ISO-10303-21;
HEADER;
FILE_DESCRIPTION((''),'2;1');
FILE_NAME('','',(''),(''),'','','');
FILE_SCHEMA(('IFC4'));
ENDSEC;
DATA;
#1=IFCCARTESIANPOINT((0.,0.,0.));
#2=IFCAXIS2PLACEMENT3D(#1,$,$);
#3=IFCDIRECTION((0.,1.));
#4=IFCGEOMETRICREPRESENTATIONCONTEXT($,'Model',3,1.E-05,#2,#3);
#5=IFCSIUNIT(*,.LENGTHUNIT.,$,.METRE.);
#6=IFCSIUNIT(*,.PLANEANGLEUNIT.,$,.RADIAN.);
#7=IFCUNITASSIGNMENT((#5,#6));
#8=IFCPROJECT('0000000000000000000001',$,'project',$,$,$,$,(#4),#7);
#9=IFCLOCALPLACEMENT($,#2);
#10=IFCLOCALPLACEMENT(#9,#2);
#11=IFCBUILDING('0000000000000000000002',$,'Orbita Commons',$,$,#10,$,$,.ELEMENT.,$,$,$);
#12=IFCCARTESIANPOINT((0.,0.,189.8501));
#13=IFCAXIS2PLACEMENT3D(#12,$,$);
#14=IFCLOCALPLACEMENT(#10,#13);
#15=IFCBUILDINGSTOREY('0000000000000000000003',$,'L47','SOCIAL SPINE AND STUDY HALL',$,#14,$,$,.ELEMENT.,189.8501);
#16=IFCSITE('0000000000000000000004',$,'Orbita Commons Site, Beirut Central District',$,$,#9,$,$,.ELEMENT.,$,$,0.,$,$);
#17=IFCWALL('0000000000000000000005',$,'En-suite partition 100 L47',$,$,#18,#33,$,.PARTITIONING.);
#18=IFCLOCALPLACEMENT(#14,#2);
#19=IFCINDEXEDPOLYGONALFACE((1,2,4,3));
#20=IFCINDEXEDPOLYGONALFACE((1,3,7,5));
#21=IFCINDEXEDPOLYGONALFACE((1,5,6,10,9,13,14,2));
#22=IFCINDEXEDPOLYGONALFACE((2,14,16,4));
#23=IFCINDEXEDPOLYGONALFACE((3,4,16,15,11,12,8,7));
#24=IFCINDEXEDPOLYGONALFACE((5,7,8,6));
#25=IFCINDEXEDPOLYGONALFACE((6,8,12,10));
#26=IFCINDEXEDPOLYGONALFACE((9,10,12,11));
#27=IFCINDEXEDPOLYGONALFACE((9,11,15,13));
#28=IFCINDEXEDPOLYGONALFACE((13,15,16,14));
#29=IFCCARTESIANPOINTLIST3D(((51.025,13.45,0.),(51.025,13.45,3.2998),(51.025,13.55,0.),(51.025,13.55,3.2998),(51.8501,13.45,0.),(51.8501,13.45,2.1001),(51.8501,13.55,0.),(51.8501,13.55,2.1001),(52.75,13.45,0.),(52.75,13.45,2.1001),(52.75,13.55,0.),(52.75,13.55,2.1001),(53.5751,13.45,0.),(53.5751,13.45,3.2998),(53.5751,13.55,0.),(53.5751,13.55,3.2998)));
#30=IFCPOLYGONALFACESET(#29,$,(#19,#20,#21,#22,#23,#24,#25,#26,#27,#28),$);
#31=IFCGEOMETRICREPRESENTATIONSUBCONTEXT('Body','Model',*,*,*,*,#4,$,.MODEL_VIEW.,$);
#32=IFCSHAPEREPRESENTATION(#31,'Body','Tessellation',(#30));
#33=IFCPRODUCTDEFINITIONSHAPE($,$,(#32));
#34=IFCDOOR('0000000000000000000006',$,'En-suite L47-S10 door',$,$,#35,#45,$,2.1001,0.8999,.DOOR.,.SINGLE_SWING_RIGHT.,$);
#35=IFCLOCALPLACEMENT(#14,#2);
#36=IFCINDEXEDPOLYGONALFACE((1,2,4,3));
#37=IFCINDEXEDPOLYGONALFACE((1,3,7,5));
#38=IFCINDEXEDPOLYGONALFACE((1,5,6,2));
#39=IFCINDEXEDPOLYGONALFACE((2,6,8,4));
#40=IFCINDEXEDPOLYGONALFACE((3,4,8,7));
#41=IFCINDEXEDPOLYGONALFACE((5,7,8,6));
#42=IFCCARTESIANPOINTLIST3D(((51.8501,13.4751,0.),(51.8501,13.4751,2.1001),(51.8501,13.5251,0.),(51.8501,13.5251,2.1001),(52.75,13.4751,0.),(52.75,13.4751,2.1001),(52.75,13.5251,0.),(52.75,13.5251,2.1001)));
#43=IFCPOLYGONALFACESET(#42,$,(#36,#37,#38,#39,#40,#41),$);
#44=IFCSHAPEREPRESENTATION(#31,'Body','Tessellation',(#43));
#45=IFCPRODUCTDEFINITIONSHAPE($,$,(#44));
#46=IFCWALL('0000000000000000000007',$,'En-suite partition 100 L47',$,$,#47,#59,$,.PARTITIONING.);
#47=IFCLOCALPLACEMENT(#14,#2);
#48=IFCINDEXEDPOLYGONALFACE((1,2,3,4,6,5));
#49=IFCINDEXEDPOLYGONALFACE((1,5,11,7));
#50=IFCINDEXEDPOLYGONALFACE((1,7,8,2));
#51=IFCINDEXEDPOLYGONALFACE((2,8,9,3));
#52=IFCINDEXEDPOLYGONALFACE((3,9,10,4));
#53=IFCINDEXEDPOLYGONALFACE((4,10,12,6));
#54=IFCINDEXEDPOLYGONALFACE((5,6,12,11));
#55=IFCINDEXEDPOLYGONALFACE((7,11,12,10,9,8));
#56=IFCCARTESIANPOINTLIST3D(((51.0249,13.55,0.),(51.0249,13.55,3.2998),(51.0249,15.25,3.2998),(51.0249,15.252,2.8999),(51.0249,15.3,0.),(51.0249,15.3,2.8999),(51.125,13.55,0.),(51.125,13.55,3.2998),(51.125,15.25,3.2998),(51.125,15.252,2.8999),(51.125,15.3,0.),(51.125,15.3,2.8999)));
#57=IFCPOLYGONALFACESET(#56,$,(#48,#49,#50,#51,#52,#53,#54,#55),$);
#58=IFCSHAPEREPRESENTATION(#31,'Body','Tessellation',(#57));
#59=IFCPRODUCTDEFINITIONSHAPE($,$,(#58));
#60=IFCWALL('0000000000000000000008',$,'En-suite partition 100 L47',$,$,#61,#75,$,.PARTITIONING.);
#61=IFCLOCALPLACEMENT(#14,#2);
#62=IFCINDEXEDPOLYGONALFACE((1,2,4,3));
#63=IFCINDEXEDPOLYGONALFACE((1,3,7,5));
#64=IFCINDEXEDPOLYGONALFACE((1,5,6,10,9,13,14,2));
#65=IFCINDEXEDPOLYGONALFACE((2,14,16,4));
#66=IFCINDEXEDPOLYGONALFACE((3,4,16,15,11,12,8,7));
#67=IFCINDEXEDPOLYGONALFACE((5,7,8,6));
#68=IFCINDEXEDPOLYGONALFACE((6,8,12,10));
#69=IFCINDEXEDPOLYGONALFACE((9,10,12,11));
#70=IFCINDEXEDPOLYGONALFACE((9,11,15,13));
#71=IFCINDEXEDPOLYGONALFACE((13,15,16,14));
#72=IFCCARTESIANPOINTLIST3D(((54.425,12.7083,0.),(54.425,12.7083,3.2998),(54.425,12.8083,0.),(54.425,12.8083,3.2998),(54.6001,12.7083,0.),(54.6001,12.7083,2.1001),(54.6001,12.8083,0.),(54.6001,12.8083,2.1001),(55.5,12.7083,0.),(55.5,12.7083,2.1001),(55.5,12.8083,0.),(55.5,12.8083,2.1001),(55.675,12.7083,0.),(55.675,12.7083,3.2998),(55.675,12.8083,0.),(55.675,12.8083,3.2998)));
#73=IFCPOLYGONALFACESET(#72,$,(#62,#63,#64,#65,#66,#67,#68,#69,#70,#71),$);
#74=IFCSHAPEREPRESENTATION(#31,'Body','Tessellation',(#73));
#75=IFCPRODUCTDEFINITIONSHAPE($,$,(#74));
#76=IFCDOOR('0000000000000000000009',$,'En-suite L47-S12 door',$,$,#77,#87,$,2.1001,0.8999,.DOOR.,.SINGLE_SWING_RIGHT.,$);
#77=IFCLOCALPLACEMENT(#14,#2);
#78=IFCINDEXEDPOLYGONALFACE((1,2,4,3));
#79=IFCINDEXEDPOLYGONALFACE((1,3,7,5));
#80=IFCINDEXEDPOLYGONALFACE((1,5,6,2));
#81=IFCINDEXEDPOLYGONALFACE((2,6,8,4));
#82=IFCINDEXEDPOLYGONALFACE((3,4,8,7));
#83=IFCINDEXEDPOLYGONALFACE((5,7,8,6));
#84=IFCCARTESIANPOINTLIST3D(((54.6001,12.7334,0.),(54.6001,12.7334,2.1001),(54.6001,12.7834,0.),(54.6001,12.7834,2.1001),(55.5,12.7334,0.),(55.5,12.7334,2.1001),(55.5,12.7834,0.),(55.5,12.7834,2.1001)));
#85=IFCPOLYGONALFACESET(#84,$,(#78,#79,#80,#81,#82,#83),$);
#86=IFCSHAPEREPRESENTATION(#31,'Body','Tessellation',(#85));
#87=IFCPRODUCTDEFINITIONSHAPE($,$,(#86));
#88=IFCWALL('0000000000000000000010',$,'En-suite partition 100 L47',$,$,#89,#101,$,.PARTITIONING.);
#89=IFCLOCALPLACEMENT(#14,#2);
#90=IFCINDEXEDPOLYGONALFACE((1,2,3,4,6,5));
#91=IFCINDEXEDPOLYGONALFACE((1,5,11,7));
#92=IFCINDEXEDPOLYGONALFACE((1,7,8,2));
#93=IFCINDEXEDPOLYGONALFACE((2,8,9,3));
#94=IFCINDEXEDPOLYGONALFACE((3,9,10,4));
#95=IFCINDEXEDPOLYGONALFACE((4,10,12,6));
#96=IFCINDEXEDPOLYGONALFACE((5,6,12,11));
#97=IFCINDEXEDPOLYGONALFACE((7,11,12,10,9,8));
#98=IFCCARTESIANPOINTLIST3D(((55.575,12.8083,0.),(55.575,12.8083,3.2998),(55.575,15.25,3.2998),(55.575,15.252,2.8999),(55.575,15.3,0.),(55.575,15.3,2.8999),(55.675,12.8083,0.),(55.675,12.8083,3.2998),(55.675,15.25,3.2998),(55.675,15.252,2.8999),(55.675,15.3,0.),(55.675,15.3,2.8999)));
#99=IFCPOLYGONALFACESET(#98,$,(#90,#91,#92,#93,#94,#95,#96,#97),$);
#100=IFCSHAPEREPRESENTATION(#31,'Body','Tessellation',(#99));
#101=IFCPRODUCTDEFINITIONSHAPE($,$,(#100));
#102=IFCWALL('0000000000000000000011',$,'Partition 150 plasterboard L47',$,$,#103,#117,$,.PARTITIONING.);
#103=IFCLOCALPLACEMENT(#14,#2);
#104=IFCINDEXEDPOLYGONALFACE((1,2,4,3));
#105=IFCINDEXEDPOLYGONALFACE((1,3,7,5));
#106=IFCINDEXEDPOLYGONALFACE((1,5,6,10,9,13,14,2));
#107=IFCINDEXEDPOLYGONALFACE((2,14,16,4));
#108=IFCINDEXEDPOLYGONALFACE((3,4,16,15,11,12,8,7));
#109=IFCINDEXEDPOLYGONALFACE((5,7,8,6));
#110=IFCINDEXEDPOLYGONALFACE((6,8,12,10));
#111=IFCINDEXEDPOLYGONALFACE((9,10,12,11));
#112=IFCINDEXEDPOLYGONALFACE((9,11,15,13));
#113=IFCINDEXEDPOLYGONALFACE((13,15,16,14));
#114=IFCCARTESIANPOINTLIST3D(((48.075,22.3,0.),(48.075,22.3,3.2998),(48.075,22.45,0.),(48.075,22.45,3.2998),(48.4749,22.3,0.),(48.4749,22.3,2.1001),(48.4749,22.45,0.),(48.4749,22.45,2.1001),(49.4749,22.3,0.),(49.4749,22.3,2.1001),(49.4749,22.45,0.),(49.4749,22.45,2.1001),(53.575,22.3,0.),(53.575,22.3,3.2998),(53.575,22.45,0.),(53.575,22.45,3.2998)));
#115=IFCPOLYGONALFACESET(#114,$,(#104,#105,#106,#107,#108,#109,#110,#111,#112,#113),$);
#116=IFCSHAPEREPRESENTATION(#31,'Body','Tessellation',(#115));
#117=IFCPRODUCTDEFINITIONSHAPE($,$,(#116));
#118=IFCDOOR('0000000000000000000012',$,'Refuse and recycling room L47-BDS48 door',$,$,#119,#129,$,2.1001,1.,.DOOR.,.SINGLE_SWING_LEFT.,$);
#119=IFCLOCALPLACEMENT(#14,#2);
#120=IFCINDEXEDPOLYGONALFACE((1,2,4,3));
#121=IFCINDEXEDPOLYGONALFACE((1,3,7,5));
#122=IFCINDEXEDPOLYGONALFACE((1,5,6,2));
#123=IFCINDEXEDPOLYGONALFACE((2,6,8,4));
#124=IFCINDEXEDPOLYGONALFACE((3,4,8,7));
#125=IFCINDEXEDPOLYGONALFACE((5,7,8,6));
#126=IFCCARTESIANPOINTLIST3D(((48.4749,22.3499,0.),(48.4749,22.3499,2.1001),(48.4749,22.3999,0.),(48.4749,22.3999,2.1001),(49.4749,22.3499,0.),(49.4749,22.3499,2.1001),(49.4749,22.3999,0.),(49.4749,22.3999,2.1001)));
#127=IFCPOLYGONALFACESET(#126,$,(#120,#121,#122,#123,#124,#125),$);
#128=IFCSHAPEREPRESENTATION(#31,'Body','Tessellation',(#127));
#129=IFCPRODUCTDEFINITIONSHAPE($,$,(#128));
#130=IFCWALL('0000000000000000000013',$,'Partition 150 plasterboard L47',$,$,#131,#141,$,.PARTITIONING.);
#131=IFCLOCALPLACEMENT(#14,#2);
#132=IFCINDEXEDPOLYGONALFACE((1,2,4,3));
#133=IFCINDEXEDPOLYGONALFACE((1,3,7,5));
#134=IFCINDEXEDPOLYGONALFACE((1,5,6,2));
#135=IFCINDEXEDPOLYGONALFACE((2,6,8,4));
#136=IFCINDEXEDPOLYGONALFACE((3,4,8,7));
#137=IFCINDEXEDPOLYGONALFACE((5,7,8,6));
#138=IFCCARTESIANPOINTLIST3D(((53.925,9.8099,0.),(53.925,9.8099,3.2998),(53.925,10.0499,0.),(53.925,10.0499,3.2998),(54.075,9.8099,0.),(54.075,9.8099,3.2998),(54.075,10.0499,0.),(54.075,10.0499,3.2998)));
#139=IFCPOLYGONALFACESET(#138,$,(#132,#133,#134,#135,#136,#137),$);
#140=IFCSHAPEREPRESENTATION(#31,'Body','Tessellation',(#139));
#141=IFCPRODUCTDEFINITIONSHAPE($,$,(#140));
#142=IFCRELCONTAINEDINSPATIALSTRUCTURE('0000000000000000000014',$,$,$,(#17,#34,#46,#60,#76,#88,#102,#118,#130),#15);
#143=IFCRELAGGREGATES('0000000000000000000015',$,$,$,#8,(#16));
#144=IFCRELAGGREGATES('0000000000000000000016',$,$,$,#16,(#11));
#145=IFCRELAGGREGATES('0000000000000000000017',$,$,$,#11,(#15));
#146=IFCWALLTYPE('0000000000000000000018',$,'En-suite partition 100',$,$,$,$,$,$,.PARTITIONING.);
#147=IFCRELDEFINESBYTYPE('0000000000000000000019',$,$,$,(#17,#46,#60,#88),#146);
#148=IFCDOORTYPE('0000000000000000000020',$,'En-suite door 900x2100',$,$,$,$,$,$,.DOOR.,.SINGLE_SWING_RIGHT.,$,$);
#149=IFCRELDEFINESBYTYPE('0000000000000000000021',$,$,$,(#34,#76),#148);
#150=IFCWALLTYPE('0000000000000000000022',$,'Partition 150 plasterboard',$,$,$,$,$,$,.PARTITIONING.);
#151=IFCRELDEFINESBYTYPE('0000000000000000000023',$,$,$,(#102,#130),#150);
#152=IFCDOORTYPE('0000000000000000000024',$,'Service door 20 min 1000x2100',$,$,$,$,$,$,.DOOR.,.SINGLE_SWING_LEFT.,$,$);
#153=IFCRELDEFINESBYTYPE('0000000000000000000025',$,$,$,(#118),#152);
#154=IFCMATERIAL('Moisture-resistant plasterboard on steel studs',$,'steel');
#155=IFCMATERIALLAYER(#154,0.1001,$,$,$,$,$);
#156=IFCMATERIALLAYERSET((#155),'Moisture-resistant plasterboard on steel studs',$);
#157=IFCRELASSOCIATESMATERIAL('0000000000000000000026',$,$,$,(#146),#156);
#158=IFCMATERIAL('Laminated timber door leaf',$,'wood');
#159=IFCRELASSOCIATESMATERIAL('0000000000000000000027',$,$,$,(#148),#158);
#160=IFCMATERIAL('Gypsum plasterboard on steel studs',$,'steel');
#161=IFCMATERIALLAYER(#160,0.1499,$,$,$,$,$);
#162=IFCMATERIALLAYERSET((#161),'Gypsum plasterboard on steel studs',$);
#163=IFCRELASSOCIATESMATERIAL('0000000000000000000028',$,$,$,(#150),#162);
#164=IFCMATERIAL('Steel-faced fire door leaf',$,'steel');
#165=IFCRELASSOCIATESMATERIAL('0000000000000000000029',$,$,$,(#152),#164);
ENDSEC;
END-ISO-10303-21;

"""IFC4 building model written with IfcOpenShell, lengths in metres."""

from ifc_helpers import new_model, si_unit, direction, frame, frame_2d, origin, place, context, subcontext, project, spatial, polyline, rectangle, outline, extrude, material, layer, layer_set, type_object, element, fill, save


model = new_model("IFC4")

# Units and contexts
model_context = context("Model", 3, precision=1e-05, world=origin(), true_north=direction((0.0, 1.0)))
body_context = subcontext(model_context, "Body", "Model", "MODEL_VIEW")
ifc_project = project(units=[si_unit("LENGTHUNIT", "METRE"), si_unit("PLANEANGLEUNIT", "RADIAN")], contexts=[model_context])

# Site, building, storey
site_placement = place(None, origin())
site = spatial("IfcSite", under=ifc_project, at=site_placement, Name="Orbita Commons Site, Beirut Central District", CompositionType="ELEMENT", RefElevation=0.0)
building_placement = place(site_placement, origin())
building = spatial("IfcBuilding", under=site, at=building_placement, Name="Orbita Commons", CompositionType="ELEMENT")
storey_placement = place(building_placement, frame((0.0, 0.0, 189.8501)))
storey = spatial("IfcBuildingStorey", under=building, at=storey_placement, Name="L47", Description="SOCIAL SPINE AND STUDY HALL", CompositionType="ELEMENT", Elevation=189.8501)

# Wall, opening, door
ifc_material_1 = material(Name="Moisture-resistant plasterboard on steel studs", Category="steel")
ifc_layer_1 = layer(ifc_material_1, 0.1001)
ifc_layer_set_1 = layer_set([ifc_layer_1], Name="Moisture-resistant plasterboard on steel studs")
wall_type_1 = type_object("IfcWallType", Name="En-suite partition 100", PredefinedType="PARTITIONING", material=ifc_layer_set_1)
wall_1_placement = place(storey_placement, frame((53.575, 13.5, 0.0), z_axis=(0.0, 0.0, 1.0), x_axis=(-1.0, 0.0, 0.0)))
wall_1 = element("IfcWall", 1, at=wall_1_placement, inside=storey, type_object=wall_type_1, Name="En-suite partition 100 L47", PredefinedType="PARTITIONING", context=body_context, shape_type="SweptSolid", body=[
    extrude(rectangle(XDim=2.55, YDim=0.1001, at=frame_2d((1.2749, 0.0))), origin(), (0.0, 0.0, 1.0), 3.2998),
])
opening_1_placement = place(wall_1_placement, frame((0.825, 0.0, 0.0)))
opening_1 = element("IfcOpeningElement", 2, at=opening_1_placement, cuts=wall_1, PredefinedType="OPENING", context=body_context, shape_type="SweptSolid", body=[
    extrude(rectangle(XDim=0.8999, YDim=2.1001, at=frame_2d((0.45, 1.05))), frame((0.0, 0.0601, 0.0), z_axis=(0.0, -1.0, 0.0), x_axis=(1.0, 0.0, 0.0)), (0.0, 0.0, 1.0), 0.1201),
])
ifc_material_2 = material(Name="Laminated timber door leaf", Category="wood")
door_type_1 = type_object("IfcDoorType", Name="En-suite door 900x2100", OperationType="SINGLE_SWING_RIGHT", PredefinedType="DOOR", material=ifc_material_2)
door_1_placement = place(opening_1_placement, origin())
door_1 = element("IfcDoor", 3, at=door_1_placement, inside=storey, type_object=door_type_1, Name="En-suite L47-S10 door", OperationType="SINGLE_SWING_RIGHT", OverallHeight=2.1001, OverallWidth=0.8999, PredefinedType="DOOR", context=body_context, shape_type="SweptSolid", body=[
    extrude(rectangle(XDim=0.8999, YDim=2.1001, at=frame_2d((0.45, 1.05))), frame((0.0, 0.0249, 0.0), z_axis=(0.0, -1.0, 0.0), x_axis=(1.0, 0.0, 0.0)), (0.0, 0.0, 1.0), 0.05),
])
fill(opening_1, door_1)

# Wall
wall_2_placement = place(storey_placement, frame((51.075, 13.55, 0.0), z_axis=(0.0, 0.0, 1.0), x_axis=(0.0, 1.0, 0.0)))
element("IfcWall", 4, at=wall_2_placement, inside=storey, type_object=wall_type_1, Name="En-suite partition 100 L47", PredefinedType="PARTITIONING", context=body_context, shape_type="SweptSolid", body=[
    extrude(outline(polyline([(0.0, 0.0), (1.75, 0.0), (1.75, 2.8999), (1.7019, 2.8999), (1.7, 3.2998), (0.0, 3.2998), (0.0, 0.0)])), frame((0.0, 0.05, 0.0), z_axis=(0.0, -1.0, 0.0), x_axis=(1.0, 0.0, 0.0)), (0.0, 0.0, 1.0), 0.1001),
])

# Wall, opening, door
wall_3_placement = place(storey_placement, frame((55.675, 12.7583, 0.0), z_axis=(0.0, 0.0, 1.0), x_axis=(-1.0, 0.0, 0.0)))
wall_3 = element("IfcWall", 5, at=wall_3_placement, inside=storey, type_object=wall_type_1, Name="En-suite partition 100 L47", PredefinedType="PARTITIONING", context=body_context, shape_type="SweptSolid", body=[
    extrude(rectangle(XDim=1.25, YDim=0.1001, at=frame_2d((0.625, 0.0))), origin(), (0.0, 0.0, 1.0), 3.2998),
])
opening_2_placement = place(wall_3_placement, frame((0.175, 0.0, 0.0)))
opening_2 = element("IfcOpeningElement", 6, at=opening_2_placement, cuts=wall_3, PredefinedType="OPENING", context=body_context, shape_type="SweptSolid", body=[
    extrude(rectangle(XDim=0.8999, YDim=2.1001, at=frame_2d((0.45, 1.05))), frame((0.0, 0.0601, 0.0), z_axis=(0.0, -1.0, 0.0), x_axis=(1.0, 0.0, 0.0)), (0.0, 0.0, 1.0), 0.1201),
])
door_2_placement = place(opening_2_placement, origin())
door_2 = element("IfcDoor", 7, at=door_2_placement, inside=storey, type_object=door_type_1, Name="En-suite L47-S12 door", OperationType="SINGLE_SWING_RIGHT", OverallHeight=2.1001, OverallWidth=0.8999, PredefinedType="DOOR", context=body_context, shape_type="SweptSolid", body=[
    extrude(rectangle(XDim=0.8999, YDim=2.1001, at=frame_2d((0.45, 1.05))), frame((0.0, 0.0249, 0.0), z_axis=(0.0, -1.0, 0.0), x_axis=(1.0, 0.0, 0.0)), (0.0, 0.0, 1.0), 0.05),
])
fill(opening_2, door_2)

# Wall
wall_4_placement = place(storey_placement, frame((55.625, 12.8083, 0.0), z_axis=(0.0, 0.0, 1.0), x_axis=(0.0, 1.0, 0.0)))
element("IfcWall", 8, at=wall_4_placement, inside=storey, type_object=wall_type_1, Name="En-suite partition 100 L47", PredefinedType="PARTITIONING", context=body_context, shape_type="SweptSolid", body=[
    extrude(outline(polyline([(0.0, 0.0), (2.4917, 0.0), (2.4917, 2.8999), (2.4436, 2.8999), (2.4417, 3.2998), (0.0, 3.2998), (0.0, 0.0)])), frame((0.0, 0.05, 0.0), z_axis=(0.0, -1.0, 0.0), x_axis=(1.0, 0.0, 0.0)), (0.0, 0.0, 1.0), 0.1001),
])

# Wall, opening, door
ifc_material_3 = material(Name="Gypsum plasterboard on steel studs", Category="steel")
ifc_layer_2 = layer(ifc_material_3, 0.1499)
ifc_layer_set_2 = layer_set([ifc_layer_2], Name="Gypsum plasterboard on steel studs")
wall_type_2 = type_object("IfcWallType", Name="Partition 150 plasterboard", PredefinedType="PARTITIONING", material=ifc_layer_set_2)
wall_5_placement = place(storey_placement, frame((48.075, 22.375, 0.0), z_axis=(0.0, 0.0, 1.0), x_axis=(1.0, 0.0, 0.0)))
wall_5 = element("IfcWall", 9, at=wall_5_placement, inside=storey, type_object=wall_type_2, Name="Partition 150 plasterboard L47", PredefinedType="PARTITIONING", context=body_context, shape_type="SweptSolid", body=[
    extrude(rectangle(XDim=5.5, YDim=0.1499, at=frame_2d((2.75, 0.0))), origin(), (0.0, 0.0, 1.0), 3.2998),
])
opening_3_placement = place(wall_5_placement, frame((0.3999, 0.0, 0.0)))
opening_3 = element("IfcOpeningElement", 10, at=opening_3_placement, cuts=wall_5, PredefinedType="OPENING", context=body_context, shape_type="SweptSolid", body=[
    extrude(rectangle(XDim=1.0, YDim=2.1001, at=frame_2d((0.5, 1.05))), frame((0.0, 0.085, 0.0), z_axis=(0.0, -1.0, 0.0), x_axis=(1.0, 0.0, 0.0)), (0.0, 0.0, 1.0), 0.1699),
])
ifc_material_4 = material(Name="Steel-faced fire door leaf", Category="steel")
door_type_2 = type_object("IfcDoorType", Name="Service door 20 min 1000x2100", OperationType="SINGLE_SWING_LEFT", PredefinedType="DOOR", material=ifc_material_4)
door_3_placement = place(opening_3_placement, origin())
door_3 = element("IfcDoor", 11, at=door_3_placement, inside=storey, type_object=door_type_2, Name="Refuse and recycling room L47-BDS48 door", OperationType="SINGLE_SWING_LEFT", OverallHeight=2.1001, OverallWidth=1.0, PredefinedType="DOOR", context=body_context, shape_type="SweptSolid", body=[
    extrude(rectangle(XDim=1.0, YDim=2.1001, at=frame_2d((0.5, 1.05))), frame((0.0, 0.0249, 0.0), z_axis=(0.0, -1.0, 0.0), x_axis=(1.0, 0.0, 0.0)), (0.0, 0.0, 1.0), 0.05),
])
fill(opening_3, door_3)

# Wall
wall_6_placement = place(storey_placement, frame((54.0, 10.05, 0.0), z_axis=(0.0, 0.0, 1.0), x_axis=(0.0, -1.0, 0.0)))
element("IfcWall", 12, at=wall_6_placement, inside=storey, type_object=wall_type_2, Name="Partition 150 plasterboard L47", PredefinedType="PARTITIONING", context=body_context, shape_type="SweptSolid", body=[
    extrude(rectangle(XDim=0.24, YDim=0.1499, at=frame_2d((0.1201, 0.0))), origin(), (0.0, 0.0, 1.0), 3.2998),
])

save(model, "model.ifc")
